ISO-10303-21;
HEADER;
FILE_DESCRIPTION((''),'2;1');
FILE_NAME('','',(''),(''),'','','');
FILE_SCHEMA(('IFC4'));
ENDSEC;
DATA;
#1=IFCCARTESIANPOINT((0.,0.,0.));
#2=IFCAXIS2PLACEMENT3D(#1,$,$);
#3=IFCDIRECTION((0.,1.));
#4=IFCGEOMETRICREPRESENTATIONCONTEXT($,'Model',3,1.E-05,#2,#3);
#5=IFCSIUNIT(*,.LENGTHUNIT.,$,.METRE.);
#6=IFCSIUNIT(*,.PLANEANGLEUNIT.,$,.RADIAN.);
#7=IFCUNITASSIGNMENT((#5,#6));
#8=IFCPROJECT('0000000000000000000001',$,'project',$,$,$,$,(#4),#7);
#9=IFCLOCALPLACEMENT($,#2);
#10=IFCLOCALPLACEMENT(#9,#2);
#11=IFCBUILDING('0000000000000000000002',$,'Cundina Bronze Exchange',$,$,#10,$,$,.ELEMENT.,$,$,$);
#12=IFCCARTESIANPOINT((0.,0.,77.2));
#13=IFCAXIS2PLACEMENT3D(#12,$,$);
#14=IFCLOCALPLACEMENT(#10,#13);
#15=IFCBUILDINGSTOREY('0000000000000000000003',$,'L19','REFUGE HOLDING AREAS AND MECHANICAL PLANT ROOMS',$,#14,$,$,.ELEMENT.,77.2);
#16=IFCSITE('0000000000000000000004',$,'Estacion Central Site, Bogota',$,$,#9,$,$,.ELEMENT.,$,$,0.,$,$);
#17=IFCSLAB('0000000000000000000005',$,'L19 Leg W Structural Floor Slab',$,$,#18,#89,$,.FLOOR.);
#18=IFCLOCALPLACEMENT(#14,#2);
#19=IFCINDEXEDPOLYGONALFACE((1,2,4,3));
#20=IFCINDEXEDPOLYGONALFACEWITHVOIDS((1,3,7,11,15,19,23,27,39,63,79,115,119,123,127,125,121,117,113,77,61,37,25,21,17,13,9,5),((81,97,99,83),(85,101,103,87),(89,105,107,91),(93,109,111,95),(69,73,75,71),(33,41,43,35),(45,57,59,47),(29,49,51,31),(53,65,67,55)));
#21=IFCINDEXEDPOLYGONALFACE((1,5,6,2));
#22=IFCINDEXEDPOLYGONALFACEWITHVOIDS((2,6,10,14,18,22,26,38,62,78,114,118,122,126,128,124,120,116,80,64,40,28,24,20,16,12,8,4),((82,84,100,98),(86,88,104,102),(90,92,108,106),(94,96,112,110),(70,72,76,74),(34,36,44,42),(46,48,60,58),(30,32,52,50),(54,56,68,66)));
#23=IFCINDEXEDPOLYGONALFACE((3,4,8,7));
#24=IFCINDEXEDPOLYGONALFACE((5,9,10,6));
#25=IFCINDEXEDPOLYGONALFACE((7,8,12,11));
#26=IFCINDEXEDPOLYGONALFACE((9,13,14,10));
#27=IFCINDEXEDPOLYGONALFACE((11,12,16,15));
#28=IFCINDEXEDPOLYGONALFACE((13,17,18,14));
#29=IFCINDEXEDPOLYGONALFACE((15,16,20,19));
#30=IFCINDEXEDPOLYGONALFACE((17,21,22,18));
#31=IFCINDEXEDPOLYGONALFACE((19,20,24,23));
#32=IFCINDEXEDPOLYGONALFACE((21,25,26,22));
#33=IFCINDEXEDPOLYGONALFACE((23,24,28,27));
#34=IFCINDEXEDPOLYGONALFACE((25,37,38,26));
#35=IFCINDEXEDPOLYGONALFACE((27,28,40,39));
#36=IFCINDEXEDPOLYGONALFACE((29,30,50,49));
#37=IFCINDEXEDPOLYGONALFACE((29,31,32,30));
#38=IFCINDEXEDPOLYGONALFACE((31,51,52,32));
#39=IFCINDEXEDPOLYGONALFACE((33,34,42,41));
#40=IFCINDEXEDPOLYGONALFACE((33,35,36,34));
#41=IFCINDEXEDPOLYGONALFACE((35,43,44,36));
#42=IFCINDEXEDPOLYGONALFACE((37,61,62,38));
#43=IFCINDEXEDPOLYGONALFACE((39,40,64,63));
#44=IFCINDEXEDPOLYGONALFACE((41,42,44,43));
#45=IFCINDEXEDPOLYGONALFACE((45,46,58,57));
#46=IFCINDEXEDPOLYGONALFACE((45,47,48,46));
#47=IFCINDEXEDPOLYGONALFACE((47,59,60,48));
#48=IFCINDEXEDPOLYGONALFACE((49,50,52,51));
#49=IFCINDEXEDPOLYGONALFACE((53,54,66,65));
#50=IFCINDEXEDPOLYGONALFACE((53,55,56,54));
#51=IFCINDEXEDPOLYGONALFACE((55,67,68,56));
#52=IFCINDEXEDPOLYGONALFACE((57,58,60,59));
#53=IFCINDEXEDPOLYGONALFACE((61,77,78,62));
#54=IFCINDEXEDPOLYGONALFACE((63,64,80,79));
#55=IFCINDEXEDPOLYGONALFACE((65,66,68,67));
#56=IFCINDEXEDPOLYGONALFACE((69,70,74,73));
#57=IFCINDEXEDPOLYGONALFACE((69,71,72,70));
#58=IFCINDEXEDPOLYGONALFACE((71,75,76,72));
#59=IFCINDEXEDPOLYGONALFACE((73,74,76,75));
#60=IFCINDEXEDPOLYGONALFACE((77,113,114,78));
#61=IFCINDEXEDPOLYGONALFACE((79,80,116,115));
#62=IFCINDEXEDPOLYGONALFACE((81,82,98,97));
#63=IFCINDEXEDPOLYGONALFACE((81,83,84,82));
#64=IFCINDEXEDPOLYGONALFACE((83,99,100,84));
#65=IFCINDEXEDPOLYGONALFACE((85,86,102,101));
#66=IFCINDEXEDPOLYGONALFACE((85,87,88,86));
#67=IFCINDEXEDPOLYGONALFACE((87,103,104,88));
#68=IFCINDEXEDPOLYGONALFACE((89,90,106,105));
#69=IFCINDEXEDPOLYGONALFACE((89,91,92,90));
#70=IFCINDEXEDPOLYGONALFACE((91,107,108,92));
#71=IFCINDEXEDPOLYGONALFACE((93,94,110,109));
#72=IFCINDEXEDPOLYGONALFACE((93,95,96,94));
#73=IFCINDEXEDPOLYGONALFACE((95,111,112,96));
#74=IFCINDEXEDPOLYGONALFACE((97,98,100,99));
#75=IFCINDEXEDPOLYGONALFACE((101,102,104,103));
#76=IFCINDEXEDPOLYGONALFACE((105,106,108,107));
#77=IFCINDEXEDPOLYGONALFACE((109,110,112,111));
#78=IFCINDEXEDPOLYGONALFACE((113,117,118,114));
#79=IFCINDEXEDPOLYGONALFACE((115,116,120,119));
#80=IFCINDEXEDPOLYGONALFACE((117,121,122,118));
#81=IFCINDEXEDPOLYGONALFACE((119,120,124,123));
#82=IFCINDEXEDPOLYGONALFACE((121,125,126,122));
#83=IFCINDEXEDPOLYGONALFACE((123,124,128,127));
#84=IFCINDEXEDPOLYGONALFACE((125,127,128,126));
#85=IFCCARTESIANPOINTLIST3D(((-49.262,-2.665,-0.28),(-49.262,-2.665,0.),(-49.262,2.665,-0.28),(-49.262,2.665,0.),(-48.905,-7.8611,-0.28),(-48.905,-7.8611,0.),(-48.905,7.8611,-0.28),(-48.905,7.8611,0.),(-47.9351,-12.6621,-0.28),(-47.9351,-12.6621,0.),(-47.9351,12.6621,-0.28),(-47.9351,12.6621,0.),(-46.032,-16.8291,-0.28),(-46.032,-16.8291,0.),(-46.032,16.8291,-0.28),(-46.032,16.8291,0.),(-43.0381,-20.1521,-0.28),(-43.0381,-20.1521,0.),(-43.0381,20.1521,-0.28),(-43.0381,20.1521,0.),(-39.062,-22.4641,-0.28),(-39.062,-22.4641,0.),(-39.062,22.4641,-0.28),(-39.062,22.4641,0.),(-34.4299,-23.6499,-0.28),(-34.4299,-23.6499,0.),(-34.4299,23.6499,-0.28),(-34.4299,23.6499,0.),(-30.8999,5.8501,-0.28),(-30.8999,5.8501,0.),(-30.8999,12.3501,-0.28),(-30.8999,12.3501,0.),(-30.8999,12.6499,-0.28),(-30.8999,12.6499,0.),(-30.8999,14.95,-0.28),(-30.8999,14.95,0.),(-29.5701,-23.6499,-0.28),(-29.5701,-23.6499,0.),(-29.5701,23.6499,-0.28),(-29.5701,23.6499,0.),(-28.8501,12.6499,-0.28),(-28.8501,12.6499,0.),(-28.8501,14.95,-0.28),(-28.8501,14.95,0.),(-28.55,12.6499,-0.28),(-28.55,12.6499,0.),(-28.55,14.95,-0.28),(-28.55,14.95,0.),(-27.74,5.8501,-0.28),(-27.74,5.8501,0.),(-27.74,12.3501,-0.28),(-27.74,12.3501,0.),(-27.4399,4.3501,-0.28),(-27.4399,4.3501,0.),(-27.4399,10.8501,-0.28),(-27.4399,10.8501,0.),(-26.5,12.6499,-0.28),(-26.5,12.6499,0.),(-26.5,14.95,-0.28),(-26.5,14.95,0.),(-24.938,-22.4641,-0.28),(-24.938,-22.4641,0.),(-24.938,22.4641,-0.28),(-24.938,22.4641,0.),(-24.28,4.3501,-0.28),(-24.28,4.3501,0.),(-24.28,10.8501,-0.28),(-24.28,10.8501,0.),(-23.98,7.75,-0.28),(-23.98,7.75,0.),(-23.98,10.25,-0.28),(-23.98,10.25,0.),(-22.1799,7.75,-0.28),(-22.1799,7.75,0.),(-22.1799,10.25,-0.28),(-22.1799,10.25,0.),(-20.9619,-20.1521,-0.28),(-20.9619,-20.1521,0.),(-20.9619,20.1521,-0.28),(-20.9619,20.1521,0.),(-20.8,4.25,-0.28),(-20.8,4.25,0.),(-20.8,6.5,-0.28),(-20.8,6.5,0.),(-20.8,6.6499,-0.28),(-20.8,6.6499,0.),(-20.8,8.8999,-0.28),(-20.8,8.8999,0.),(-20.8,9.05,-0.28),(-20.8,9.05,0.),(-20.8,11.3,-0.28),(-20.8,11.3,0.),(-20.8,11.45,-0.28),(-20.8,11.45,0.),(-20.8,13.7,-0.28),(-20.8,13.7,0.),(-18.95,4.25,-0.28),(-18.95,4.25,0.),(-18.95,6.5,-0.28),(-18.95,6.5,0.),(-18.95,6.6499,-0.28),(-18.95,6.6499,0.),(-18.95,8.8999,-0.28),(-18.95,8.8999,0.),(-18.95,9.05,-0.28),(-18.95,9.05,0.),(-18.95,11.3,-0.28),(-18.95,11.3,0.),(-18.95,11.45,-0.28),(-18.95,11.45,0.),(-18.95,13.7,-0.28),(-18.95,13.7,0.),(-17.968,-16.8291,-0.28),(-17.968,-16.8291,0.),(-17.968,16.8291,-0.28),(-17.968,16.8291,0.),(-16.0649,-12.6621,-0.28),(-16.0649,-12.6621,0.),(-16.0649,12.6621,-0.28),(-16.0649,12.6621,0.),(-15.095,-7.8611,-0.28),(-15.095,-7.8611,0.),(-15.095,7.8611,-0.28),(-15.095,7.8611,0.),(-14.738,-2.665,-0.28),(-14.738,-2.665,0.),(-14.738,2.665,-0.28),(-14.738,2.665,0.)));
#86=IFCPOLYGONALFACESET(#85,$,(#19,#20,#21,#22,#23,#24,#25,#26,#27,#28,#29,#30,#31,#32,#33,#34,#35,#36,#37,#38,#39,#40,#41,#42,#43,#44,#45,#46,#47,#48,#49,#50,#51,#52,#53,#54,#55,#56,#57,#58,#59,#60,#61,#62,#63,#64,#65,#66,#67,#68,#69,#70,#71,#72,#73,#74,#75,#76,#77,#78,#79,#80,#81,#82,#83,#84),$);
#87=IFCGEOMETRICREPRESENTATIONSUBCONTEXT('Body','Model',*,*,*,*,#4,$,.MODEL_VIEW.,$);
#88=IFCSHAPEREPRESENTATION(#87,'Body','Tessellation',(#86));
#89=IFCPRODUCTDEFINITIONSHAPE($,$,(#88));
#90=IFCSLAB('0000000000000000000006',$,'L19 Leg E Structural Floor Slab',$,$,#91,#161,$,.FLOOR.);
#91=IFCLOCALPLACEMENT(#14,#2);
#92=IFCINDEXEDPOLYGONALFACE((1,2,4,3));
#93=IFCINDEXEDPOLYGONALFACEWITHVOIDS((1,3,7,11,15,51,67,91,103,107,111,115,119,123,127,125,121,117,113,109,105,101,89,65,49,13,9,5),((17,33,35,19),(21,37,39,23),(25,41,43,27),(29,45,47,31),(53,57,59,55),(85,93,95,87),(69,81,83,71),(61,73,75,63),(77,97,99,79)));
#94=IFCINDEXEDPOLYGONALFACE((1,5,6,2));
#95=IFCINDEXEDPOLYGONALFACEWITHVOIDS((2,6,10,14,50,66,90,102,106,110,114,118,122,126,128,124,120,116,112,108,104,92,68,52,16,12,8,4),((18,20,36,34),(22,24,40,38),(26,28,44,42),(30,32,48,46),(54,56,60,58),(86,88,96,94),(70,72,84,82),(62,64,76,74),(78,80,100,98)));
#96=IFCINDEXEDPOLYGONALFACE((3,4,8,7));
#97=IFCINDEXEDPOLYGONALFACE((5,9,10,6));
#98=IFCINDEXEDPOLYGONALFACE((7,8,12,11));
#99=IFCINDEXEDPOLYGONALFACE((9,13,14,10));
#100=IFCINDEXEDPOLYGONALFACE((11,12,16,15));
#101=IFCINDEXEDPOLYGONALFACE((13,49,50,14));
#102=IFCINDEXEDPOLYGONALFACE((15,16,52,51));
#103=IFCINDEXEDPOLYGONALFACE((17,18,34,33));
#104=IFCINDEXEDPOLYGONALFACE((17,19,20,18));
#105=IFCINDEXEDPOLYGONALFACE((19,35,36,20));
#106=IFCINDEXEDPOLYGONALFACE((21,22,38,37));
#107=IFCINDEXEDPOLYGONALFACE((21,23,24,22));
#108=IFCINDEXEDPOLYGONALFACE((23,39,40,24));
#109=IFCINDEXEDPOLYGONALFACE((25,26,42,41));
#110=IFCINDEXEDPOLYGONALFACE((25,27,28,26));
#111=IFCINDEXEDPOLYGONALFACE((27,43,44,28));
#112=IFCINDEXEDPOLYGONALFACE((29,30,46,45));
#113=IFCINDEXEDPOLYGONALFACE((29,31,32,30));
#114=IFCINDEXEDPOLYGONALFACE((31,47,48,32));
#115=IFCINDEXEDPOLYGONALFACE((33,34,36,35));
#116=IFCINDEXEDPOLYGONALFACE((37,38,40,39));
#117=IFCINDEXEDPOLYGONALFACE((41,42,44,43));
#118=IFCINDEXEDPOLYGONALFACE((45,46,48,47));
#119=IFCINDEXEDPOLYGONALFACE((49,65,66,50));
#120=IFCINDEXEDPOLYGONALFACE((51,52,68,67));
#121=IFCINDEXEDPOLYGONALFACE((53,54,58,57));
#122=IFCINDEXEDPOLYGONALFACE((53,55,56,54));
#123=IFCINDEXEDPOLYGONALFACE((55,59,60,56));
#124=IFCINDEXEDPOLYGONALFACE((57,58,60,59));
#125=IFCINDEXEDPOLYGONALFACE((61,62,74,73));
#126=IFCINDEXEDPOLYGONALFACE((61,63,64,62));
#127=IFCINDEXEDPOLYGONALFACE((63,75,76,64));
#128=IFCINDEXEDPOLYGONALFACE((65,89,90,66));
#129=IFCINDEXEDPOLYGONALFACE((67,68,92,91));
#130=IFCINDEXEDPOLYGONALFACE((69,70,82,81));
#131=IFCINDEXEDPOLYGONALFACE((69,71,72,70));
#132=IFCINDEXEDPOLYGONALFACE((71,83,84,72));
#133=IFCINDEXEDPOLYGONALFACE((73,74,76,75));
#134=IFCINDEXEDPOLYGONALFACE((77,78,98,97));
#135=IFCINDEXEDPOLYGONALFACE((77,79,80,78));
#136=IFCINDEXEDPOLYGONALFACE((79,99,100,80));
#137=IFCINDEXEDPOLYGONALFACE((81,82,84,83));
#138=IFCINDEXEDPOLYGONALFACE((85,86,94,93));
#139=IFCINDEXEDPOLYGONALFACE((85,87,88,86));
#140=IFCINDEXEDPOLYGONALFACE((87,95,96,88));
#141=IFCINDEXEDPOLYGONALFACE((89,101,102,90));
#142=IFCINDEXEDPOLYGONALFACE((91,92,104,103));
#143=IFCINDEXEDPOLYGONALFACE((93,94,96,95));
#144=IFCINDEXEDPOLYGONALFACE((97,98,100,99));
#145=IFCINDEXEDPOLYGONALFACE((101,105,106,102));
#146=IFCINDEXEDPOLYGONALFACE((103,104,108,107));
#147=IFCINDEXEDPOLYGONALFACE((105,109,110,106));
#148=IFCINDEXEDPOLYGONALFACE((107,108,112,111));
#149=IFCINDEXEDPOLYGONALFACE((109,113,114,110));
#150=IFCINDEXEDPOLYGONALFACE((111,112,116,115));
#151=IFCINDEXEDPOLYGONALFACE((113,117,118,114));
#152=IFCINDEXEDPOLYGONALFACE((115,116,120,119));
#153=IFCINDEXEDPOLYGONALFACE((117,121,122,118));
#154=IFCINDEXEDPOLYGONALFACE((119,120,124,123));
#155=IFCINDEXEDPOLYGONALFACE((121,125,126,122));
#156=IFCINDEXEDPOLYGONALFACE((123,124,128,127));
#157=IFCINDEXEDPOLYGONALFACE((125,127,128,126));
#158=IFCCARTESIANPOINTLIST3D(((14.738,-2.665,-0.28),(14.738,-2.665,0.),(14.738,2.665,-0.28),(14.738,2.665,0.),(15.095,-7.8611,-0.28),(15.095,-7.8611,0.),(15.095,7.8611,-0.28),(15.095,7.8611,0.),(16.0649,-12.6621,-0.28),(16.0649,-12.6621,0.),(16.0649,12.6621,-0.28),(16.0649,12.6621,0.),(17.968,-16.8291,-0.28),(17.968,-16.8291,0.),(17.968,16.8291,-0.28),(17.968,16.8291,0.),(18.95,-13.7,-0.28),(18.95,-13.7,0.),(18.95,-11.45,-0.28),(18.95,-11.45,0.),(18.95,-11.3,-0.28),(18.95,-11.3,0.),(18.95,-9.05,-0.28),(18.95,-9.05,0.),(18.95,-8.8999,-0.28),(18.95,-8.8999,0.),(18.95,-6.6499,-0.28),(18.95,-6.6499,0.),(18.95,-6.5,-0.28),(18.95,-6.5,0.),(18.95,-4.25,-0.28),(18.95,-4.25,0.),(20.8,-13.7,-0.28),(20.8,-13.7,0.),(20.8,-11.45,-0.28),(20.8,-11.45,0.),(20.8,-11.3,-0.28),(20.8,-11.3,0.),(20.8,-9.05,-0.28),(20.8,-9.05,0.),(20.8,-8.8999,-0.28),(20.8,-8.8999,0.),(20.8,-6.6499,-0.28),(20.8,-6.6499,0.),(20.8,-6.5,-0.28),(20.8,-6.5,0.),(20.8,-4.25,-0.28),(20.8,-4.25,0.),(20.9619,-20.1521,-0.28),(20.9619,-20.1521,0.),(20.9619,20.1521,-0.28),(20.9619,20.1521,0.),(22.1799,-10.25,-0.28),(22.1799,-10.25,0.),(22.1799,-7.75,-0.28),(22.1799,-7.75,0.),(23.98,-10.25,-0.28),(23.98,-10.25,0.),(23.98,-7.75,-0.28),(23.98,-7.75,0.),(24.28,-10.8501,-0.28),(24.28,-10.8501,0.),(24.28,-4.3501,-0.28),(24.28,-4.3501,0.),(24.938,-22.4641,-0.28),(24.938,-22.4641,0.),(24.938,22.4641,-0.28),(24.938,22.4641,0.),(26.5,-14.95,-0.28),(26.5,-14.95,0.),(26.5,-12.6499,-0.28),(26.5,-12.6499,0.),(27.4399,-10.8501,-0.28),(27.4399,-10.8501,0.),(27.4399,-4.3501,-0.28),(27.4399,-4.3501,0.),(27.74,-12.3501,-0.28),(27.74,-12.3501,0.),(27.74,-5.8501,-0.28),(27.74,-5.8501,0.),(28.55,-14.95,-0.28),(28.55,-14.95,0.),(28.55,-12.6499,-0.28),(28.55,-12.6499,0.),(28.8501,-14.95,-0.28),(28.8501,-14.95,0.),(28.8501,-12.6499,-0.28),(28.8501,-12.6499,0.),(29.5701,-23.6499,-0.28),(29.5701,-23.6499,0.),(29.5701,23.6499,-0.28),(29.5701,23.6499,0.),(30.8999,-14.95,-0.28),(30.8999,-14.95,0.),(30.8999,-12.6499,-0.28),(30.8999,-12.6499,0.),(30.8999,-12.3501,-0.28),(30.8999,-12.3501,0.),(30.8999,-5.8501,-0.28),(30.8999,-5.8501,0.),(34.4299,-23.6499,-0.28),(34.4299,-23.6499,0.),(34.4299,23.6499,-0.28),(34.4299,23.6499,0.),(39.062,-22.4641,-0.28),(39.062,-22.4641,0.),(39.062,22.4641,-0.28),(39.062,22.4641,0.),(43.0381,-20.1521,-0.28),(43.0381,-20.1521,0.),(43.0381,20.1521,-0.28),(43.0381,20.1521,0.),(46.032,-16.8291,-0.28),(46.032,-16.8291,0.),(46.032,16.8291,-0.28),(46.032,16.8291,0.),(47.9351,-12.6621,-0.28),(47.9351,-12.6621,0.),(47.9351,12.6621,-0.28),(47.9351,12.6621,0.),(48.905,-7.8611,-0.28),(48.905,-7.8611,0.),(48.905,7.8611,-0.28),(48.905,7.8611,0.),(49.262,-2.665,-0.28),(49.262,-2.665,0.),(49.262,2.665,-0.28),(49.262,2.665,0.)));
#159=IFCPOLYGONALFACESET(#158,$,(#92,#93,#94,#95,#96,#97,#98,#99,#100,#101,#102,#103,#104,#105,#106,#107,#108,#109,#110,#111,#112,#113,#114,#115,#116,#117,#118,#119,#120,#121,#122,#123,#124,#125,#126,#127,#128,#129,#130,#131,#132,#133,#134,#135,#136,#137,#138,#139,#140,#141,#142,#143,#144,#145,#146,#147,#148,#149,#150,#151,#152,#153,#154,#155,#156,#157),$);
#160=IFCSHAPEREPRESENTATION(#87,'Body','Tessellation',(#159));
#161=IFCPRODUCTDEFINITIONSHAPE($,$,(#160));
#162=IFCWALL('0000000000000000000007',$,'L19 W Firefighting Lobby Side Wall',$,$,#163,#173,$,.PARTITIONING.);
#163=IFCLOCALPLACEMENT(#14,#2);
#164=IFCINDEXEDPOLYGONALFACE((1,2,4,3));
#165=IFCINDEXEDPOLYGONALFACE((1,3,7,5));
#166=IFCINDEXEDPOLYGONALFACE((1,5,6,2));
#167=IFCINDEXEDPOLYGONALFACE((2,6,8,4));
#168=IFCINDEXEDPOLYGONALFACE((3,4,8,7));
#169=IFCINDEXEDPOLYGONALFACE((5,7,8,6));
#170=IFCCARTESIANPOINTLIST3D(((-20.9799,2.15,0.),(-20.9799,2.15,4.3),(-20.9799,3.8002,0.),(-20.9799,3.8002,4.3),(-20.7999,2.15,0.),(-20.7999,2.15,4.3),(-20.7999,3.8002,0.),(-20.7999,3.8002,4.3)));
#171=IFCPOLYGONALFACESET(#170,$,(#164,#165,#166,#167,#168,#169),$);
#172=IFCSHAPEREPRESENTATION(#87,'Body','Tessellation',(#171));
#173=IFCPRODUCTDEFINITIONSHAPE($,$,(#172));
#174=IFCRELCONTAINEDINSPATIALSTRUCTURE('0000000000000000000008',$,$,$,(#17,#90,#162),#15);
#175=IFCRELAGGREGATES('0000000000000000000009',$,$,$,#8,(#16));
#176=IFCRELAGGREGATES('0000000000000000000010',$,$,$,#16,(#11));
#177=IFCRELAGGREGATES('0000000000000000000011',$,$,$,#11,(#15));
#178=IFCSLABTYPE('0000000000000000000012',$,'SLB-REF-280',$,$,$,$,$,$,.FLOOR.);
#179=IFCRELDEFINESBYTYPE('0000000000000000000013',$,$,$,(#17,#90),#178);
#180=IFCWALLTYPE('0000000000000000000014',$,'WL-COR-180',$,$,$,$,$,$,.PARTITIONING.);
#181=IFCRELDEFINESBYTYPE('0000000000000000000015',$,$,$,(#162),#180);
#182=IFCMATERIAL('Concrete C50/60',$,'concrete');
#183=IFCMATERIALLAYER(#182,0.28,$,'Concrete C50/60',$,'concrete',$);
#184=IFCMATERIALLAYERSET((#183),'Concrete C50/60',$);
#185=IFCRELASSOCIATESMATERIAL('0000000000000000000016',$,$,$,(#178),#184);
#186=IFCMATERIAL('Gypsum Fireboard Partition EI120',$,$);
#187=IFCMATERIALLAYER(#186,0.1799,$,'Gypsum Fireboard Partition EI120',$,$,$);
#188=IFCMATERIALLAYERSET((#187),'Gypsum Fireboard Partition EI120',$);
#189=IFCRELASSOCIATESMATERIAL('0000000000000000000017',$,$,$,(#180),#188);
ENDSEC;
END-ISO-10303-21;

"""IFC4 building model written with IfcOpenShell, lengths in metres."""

from ifc_helpers import new_model, si_unit, direction, frame, frame_2d, origin, place, context, subcontext, project, spatial, polyline, rectangle, outline, extrude, material, layer, layer_set, type_object, element, save


model = new_model("IFC4")

# Units and contexts
model_context = context("Model", 3, precision=1e-05, world=origin(), true_north=direction((0.0, 1.0)))
body_context = subcontext(model_context, "Body", "Model", "MODEL_VIEW")
ifc_project = project(units=[si_unit("LENGTHUNIT", "METRE"), si_unit("PLANEANGLEUNIT", "RADIAN")], contexts=[model_context])

# Site, building, storey
site_placement = place(None, origin())
site = spatial("IfcSite", under=ifc_project, at=site_placement, Name="Estacion Central Site, Bogota", CompositionType="ELEMENT", RefElevation=0.0)
building_placement = place(site_placement, origin())
building = spatial("IfcBuilding", under=site, at=building_placement, Name="Cundina Bronze Exchange", CompositionType="ELEMENT")
storey_placement = place(building_placement, frame((0.0, 0.0, 77.2)))
storey = spatial("IfcBuildingStorey", under=building, at=storey_placement, Name="L19", Description="REFUGE HOLDING AREAS AND MECHANICAL PLANT ROOMS", CompositionType="ELEMENT", Elevation=77.2)

# Slabs
ifc_material_1 = material(Name="Concrete C50/60", Category="concrete")
ifc_layer_1 = layer(ifc_material_1, 0.28, Name="Concrete C50/60", Category="concrete")
ifc_layer_set_1 = layer_set([ifc_layer_1], Name="Concrete C50/60")
slab_type = type_object("IfcSlabType", Name="SLB-REF-280", PredefinedType="FLOOR", material=ifc_layer_set_1)
slab_1_placement = place(storey_placement, frame((0.0, 0.0, -0.28)))
element("IfcSlab", 1, at=slab_1_placement, inside=storey, type_object=slab_type, Name="L19 Leg W Structural Floor Slab", PredefinedType="FLOOR", context=body_context, shape_type="SweptSolid", body=[
    extrude(outline(polyline([(-14.738, 2.665), (-15.095, 7.8611), (-16.0649, 12.6621), (-17.968, 16.8291), (-20.9619, 20.1521), (-24.938, 22.4641), (-29.5701, 23.6499), (-34.4299, 23.6499), (-39.062, 22.4641), (-43.0381, 20.1521), (-46.032, 16.8291), (-47.9351, 12.6621), (-48.905, 7.8611), (-49.262, 2.665), (-49.262, -2.665), (-48.905, -7.8611), (-47.9351, -12.6621), (-46.032, -16.8291), (-43.0381, -20.1521), (-39.062, -22.4641), (-34.4299, -23.6499), (-29.5701, -23.6499), (-24.938, -22.4641), (-20.9619, -20.1521), (-17.968, -16.8291), (-16.0649, -12.6621), (-15.095, -7.8611), (-14.738, -2.665), (-14.738, 2.665)]), holes=[polyline([(-27.74, 5.8501), (-27.74, 12.3501), (-30.8999, 12.3501), (-30.8999, 5.8501), (-27.74, 5.8501)]), polyline([(-27.4399, 10.8501), (-27.4399, 4.3501), (-24.28, 4.3501), (-24.28, 10.8501), (-27.4399, 10.8501)]), polyline([(-23.98, 10.25), (-22.1799, 10.25), (-22.1799, 7.75), (-23.98, 7.75), (-23.98, 10.25)]), polyline([(-30.8999, 14.95), (-28.8501, 14.95), (-28.8501, 12.6499), (-30.8999, 12.6499), (-30.8999, 14.95)]), polyline([(-28.55, 14.95), (-26.5, 14.95), (-26.5, 12.6499), (-28.55, 12.6499), (-28.55, 14.95)]), polyline([(-20.8, 13.7), (-18.95, 13.7), (-18.95, 11.45), (-20.8, 11.45), (-20.8, 13.7)]), polyline([(-20.8, 11.3), (-18.95, 11.3), (-18.95, 9.05), (-20.8, 9.05), (-20.8, 11.3)]), polyline([(-20.8, 8.8999), (-18.95, 8.8999), (-18.95, 6.6499), (-20.8, 6.6499), (-20.8, 8.8999)]), polyline([(-20.8, 6.5), (-18.95, 6.5), (-18.95, 4.25), (-20.8, 4.25), (-20.8, 6.5)])]), origin(), (0.0, 0.0, 1.0), 0.28),
])
slab_2_placement = place(storey_placement, frame((0.0, 0.0, -0.28)))
element("IfcSlab", 2, at=slab_2_placement, inside=storey, type_object=slab_type, Name="L19 Leg E Structural Floor Slab", PredefinedType="FLOOR", context=body_context, shape_type="SweptSolid", body=[
    extrude(outline(polyline([(49.262, 2.665), (48.905, 7.8611), (47.9351, 12.6621), (46.032, 16.8291), (43.0381, 20.1521), (39.062, 22.4641), (34.4299, 23.6499), (29.5701, 23.6499), (24.938, 22.4641), (20.9619, 20.1521), (17.968, 16.8291), (16.0649, 12.6621), (15.095, 7.8611), (14.738, 2.665), (14.738, -2.665), (15.095, -7.8611), (16.0649, -12.6621), (17.968, -16.8291), (20.9619, -20.1521), (24.938, -22.4641), (29.5701, -23.6499), (34.4299, -23.6499), (39.062, -22.4641), (43.0381, -20.1521), (46.032, -16.8291), (47.9351, -12.6621), (48.905, -7.8611), (49.262, -2.665), (49.262, 2.665)]), holes=[polyline([(27.74, -5.8501), (27.74, -12.3501), (30.8999, -12.3501), (30.8999, -5.8501), (27.74, -5.8501)]), polyline([(27.4399, -10.8501), (27.4399, -4.3501), (24.28, -4.3501), (24.28, -10.8501), (27.4399, -10.8501)]), polyline([(22.1799, -7.75), (23.98, -7.75), (23.98, -10.25), (22.1799, -10.25), (22.1799, -7.75)]), polyline([(28.8501, -12.6499), (30.8999, -12.6499), (30.8999, -14.95), (28.8501, -14.95), (28.8501, -12.6499)]), polyline([(26.5, -12.6499), (28.55, -12.6499), (28.55, -14.95), (26.5, -14.95), (26.5, -12.6499)]), polyline([(18.95, -11.45), (20.8, -11.45), (20.8, -13.7), (18.95, -13.7), (18.95, -11.45)]), polyline([(18.95, -9.05), (20.8, -9.05), (20.8, -11.3), (18.95, -11.3), (18.95, -9.05)]), polyline([(18.95, -6.6499), (20.8, -6.6499), (20.8, -8.8999), (18.95, -8.8999), (18.95, -6.6499)]), polyline([(18.95, -4.25), (20.8, -4.25), (20.8, -6.5), (18.95, -6.5), (18.95, -4.25)])]), origin(), (0.0, 0.0, 1.0), 0.28),
])

# Wall
ifc_material_2 = material(Name="Gypsum Fireboard Partition EI120")
ifc_layer_2 = layer(ifc_material_2, 0.1799, Name="Gypsum Fireboard Partition EI120")
ifc_layer_set_2 = layer_set([ifc_layer_2], Name="Gypsum Fireboard Partition EI120")
wall_type_1 = type_object("IfcWallType", Name="WL-COR-180", PredefinedType="PARTITIONING", material=ifc_layer_set_2)
wall_1_placement = place(storey_placement, frame((-20.8899, 2.1499, 0.0), z_axis=(0.0, 0.0, 1.0), x_axis=(0.0, 1.0, 0.0)))
element("IfcWall", 3, at=wall_1_placement, inside=storey, type_object=wall_type_1, Name="L19 W Firefighting Lobby Side Wall", PredefinedType="PARTITIONING", context=body_context, shape_type="SweptSolid", body=[
    extrude(rectangle(XDim=1.6501, YDim=0.1799, at=frame_2d((0.8252, 0.0))), origin(), (0.0, 0.0, 1.0), 4.3),
])

save(model, "model.ifc")
